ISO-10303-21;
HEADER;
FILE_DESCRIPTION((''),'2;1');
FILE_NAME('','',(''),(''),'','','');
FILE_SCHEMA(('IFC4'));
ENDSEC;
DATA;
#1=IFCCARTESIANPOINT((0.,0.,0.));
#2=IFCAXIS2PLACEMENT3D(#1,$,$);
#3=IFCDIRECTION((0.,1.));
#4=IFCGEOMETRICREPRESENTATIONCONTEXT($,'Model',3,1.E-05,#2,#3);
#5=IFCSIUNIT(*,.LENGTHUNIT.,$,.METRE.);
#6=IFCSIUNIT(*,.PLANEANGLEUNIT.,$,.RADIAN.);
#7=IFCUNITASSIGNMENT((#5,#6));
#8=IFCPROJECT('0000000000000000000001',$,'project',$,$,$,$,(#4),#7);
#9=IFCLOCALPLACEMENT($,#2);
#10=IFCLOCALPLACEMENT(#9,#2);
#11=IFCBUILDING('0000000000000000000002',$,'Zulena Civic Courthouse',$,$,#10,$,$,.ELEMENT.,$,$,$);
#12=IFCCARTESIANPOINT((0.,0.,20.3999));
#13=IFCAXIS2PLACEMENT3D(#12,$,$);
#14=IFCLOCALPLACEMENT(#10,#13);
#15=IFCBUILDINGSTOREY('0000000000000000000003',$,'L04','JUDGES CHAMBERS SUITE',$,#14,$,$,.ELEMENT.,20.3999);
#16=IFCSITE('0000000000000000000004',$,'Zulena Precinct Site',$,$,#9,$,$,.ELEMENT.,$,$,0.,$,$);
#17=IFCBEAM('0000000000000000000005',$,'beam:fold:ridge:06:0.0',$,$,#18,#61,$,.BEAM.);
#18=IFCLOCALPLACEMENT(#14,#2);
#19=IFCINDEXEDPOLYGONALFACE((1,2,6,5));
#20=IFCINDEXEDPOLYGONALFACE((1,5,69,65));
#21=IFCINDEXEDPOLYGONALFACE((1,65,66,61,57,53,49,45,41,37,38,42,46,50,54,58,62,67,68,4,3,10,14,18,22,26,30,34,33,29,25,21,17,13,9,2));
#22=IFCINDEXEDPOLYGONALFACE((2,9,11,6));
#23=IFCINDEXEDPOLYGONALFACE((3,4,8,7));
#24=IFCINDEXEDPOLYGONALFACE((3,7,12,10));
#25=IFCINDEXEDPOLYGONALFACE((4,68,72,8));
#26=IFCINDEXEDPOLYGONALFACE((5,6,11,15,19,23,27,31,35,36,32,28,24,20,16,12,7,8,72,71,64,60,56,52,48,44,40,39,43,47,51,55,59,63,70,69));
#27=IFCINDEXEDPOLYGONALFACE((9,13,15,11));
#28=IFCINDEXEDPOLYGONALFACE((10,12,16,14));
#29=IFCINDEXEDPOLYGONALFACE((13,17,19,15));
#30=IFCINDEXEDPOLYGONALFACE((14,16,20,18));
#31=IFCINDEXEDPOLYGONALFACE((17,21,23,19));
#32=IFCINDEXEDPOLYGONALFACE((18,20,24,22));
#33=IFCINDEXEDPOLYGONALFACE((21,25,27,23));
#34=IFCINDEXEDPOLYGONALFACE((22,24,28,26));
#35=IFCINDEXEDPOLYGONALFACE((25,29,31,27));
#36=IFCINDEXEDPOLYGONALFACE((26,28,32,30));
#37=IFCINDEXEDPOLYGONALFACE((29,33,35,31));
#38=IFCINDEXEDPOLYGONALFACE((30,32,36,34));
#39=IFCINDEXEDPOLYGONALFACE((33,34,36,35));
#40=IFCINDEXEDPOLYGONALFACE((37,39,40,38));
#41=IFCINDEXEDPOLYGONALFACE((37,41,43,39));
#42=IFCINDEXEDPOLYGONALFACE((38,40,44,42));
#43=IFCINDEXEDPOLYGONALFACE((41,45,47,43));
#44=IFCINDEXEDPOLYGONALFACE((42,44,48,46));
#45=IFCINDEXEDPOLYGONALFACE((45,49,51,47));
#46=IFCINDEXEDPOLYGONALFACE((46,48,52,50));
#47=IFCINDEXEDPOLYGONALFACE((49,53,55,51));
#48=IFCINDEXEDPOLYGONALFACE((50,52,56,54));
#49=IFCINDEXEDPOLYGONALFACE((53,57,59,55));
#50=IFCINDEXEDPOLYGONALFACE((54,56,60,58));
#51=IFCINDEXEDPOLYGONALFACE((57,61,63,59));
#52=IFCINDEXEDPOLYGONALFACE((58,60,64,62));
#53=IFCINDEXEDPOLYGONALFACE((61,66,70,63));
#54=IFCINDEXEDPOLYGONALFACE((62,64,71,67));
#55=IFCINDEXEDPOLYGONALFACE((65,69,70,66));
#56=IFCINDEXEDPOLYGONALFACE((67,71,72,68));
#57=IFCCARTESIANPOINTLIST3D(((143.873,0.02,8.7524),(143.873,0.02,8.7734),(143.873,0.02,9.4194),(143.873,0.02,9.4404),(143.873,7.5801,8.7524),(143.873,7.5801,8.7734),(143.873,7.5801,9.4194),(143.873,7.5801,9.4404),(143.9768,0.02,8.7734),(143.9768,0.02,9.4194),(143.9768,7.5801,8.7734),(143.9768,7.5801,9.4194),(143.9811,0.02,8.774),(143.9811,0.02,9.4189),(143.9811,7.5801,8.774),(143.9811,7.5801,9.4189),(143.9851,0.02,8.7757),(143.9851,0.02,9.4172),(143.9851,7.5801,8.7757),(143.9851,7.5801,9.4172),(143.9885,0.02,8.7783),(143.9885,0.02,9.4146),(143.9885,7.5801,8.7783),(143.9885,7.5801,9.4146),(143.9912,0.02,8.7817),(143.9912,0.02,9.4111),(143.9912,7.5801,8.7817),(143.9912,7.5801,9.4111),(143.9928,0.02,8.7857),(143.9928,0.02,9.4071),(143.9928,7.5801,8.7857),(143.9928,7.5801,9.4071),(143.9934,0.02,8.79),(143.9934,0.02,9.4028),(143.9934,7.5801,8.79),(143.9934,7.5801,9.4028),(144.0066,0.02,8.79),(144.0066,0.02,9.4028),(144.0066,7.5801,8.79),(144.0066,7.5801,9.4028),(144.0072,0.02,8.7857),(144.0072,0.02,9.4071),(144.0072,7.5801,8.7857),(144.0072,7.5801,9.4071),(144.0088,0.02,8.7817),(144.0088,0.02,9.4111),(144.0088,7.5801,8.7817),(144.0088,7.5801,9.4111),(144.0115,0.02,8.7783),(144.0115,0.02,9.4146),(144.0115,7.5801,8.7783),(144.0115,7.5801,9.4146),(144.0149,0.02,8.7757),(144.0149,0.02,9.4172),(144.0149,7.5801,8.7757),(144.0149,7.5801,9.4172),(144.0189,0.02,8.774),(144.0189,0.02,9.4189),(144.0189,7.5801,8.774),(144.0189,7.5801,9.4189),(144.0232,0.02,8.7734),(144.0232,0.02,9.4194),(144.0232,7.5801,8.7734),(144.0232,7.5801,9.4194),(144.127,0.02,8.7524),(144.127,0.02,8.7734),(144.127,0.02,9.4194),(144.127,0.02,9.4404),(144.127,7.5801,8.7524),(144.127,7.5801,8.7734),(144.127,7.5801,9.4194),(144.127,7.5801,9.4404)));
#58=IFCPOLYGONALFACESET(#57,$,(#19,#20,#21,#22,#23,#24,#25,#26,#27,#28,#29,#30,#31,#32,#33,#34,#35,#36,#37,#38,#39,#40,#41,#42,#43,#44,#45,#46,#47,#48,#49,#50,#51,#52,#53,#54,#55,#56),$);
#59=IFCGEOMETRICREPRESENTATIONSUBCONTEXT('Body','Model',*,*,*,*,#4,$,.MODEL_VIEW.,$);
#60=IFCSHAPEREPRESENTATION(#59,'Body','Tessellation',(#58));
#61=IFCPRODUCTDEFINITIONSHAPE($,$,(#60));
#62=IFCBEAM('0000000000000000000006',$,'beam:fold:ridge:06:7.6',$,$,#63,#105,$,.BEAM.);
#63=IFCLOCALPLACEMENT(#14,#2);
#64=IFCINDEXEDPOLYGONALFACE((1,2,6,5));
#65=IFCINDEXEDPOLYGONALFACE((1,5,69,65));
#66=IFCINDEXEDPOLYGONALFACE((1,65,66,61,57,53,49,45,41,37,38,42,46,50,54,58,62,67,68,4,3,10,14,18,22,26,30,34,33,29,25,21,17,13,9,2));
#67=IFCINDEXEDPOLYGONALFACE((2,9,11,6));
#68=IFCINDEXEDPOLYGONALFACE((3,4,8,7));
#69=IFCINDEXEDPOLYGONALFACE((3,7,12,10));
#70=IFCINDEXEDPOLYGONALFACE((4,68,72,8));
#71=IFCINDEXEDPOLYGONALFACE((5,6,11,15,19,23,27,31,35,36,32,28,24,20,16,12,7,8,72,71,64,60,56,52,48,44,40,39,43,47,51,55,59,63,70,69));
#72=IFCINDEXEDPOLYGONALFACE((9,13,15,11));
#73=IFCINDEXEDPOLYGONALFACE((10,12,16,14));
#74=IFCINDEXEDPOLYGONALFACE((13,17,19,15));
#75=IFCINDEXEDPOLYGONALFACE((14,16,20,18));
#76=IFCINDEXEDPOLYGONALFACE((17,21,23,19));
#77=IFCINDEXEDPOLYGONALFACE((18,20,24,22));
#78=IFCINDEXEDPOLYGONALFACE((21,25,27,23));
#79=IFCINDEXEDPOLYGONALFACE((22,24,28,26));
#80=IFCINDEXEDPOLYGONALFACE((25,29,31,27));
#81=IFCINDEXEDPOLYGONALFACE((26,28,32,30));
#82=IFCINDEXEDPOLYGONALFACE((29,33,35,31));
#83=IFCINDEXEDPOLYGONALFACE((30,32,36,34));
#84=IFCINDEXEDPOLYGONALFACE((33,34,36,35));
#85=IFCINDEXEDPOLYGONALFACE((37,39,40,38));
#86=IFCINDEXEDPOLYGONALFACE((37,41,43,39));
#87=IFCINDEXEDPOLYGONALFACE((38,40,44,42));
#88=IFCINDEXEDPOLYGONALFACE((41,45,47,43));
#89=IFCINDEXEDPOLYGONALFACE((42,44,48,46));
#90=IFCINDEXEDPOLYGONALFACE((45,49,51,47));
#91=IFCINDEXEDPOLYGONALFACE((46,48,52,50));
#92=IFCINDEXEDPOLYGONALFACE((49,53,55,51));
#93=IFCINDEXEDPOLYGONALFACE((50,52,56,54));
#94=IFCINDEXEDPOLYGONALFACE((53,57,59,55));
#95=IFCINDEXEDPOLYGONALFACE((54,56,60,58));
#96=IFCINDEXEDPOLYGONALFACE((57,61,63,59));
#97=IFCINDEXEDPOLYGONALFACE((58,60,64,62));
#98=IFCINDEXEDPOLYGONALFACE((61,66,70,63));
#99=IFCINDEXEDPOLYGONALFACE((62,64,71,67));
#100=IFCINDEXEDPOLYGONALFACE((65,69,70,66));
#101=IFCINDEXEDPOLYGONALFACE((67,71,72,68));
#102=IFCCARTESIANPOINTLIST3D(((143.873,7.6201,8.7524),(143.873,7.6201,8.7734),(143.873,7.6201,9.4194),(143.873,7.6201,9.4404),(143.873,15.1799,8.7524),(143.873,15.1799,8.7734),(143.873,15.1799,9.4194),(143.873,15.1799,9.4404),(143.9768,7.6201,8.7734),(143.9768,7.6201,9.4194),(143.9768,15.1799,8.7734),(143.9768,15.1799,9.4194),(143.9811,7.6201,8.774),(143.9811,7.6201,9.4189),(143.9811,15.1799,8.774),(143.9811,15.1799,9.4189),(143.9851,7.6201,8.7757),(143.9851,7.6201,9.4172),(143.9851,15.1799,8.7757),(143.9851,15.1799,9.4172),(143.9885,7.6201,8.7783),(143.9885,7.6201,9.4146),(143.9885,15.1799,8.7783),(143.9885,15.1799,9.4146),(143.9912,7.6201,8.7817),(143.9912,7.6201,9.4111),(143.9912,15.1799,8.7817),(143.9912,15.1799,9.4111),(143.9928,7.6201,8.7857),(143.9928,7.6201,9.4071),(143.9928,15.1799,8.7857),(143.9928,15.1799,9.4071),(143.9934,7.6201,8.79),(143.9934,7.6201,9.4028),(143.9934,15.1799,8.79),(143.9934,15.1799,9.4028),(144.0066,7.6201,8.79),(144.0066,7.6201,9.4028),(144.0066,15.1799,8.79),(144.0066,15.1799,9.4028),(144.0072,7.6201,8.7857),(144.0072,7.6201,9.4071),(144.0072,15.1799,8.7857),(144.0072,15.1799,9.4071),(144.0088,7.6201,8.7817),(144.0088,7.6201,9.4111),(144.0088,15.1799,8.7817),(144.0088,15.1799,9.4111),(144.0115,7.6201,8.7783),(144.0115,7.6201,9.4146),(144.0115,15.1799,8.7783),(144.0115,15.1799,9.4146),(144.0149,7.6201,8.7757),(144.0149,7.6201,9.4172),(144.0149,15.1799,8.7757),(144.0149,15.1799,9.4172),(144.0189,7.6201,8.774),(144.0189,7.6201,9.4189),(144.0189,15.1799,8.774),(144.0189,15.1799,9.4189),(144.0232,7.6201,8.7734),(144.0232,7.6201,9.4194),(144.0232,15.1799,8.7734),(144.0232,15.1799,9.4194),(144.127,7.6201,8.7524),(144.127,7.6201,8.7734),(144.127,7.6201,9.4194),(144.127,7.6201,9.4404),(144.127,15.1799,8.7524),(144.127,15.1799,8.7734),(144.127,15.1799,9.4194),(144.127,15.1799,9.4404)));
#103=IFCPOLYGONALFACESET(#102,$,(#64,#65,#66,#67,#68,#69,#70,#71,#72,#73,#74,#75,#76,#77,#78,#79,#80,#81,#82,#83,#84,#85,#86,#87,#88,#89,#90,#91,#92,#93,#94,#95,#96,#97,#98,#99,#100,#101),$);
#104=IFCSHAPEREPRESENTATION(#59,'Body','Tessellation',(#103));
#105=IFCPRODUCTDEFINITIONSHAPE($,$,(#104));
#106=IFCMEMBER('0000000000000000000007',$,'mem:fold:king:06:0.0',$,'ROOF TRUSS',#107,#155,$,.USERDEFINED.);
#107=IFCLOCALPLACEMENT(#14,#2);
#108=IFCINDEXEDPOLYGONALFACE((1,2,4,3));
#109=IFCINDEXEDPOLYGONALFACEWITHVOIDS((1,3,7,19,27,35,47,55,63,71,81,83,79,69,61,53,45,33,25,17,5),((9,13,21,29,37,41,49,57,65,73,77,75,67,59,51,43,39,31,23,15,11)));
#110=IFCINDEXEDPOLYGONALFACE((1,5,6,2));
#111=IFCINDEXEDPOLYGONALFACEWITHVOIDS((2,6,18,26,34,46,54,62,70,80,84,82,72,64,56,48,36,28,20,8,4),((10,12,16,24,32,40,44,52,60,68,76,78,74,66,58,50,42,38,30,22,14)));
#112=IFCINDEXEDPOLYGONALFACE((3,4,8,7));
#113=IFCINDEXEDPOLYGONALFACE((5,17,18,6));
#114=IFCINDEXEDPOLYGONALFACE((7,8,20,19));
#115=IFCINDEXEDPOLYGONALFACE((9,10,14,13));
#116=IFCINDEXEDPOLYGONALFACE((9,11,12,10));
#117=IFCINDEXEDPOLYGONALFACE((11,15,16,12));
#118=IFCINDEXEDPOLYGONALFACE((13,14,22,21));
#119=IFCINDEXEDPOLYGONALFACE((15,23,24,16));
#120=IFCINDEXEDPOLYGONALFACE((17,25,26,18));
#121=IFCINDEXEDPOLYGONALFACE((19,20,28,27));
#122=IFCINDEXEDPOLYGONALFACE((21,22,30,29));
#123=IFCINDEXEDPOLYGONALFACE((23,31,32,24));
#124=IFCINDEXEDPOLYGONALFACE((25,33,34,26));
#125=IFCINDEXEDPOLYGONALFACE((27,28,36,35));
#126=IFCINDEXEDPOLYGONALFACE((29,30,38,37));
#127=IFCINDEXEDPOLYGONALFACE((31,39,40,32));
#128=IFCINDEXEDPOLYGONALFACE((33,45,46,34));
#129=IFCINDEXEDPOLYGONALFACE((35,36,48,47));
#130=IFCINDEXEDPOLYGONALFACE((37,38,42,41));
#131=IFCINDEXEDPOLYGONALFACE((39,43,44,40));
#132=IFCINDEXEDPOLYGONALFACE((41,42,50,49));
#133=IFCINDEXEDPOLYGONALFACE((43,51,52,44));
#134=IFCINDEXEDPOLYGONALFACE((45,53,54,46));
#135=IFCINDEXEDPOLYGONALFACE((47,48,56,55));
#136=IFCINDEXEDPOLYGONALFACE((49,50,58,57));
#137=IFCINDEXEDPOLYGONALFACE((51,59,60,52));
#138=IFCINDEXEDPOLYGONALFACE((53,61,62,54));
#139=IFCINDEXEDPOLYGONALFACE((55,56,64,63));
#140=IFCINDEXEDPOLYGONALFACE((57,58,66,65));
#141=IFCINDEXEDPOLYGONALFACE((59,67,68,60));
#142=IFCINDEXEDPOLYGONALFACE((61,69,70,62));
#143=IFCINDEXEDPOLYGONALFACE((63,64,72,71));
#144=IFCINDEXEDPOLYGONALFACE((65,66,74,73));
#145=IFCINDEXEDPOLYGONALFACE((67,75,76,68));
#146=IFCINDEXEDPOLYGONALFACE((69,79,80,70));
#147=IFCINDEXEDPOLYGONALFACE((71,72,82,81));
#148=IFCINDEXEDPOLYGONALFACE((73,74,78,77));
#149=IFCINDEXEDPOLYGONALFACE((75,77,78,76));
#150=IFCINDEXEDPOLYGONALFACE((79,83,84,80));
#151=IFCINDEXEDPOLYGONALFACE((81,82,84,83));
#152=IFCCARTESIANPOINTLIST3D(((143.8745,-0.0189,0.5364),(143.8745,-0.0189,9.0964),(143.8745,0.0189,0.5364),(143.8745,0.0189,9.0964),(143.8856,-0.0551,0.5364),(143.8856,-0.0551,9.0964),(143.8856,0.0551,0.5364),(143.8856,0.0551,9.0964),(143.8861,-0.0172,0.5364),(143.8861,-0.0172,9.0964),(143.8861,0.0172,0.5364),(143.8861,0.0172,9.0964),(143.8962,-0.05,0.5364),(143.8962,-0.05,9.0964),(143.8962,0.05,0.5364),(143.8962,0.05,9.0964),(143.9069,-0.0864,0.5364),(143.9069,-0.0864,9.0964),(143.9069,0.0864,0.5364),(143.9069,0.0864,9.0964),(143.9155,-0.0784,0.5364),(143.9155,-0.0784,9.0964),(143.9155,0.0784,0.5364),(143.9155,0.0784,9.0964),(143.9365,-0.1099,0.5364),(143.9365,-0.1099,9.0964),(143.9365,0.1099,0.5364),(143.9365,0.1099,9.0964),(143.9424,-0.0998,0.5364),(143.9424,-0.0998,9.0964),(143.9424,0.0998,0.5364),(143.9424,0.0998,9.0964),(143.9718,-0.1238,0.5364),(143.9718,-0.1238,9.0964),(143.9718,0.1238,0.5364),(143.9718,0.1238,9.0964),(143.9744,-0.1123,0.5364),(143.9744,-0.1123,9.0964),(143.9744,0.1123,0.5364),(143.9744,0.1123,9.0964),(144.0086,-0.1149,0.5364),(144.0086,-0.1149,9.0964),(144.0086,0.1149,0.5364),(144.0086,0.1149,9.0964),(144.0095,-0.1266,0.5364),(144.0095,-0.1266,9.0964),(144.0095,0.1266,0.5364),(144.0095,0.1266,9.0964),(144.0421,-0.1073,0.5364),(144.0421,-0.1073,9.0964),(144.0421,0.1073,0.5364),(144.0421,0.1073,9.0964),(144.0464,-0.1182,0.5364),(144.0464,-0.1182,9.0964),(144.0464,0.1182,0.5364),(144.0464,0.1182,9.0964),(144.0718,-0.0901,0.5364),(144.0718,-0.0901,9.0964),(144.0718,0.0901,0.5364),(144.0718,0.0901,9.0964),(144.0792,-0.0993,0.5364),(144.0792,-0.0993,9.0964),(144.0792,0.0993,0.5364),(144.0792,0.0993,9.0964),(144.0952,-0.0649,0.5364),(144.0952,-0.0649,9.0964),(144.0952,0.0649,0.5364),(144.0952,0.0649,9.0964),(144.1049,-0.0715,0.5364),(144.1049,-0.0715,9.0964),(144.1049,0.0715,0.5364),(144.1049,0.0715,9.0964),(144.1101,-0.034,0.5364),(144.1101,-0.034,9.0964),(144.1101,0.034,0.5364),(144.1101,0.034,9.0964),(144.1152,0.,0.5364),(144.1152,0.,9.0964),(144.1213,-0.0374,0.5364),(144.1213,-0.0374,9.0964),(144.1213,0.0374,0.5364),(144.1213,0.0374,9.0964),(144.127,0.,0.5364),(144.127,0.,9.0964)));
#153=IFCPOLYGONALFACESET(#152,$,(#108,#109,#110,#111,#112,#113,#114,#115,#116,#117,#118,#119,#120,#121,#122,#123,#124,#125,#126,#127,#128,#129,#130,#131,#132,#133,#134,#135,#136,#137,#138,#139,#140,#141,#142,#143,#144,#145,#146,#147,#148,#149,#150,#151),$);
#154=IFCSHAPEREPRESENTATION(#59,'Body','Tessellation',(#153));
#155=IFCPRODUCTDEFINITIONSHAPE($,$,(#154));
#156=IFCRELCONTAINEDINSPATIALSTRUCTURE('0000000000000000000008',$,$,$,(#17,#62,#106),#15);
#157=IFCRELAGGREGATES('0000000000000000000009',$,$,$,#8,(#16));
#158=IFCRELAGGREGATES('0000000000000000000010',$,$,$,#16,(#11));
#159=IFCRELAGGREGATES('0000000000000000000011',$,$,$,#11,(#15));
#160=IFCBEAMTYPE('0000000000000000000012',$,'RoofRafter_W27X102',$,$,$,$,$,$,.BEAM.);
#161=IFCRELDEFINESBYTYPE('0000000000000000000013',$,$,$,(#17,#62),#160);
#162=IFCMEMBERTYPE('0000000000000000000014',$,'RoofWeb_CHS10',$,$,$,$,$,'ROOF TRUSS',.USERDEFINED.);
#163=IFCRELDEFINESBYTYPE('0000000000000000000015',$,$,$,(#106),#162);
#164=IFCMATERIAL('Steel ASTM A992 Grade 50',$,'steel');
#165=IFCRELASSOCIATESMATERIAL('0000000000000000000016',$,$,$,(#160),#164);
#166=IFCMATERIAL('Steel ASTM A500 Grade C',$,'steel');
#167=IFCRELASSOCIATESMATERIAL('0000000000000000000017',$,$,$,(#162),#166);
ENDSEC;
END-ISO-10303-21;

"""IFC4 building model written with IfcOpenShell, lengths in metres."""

from ifc_helpers import new_model, si_unit, direction, frame, origin, origin_2d, place, context, subcontext, project, spatial, hollow_circle, i_section, extrude, material, material_profile, profile_set, type_object, element, save


model = new_model("IFC4")

# Units and contexts
model_context = context("Model", 3, precision=1e-05, world=origin(), true_north=direction((0.0, 1.0)))
body_context = subcontext(model_context, "Body", "Model", "MODEL_VIEW")
ifc_project = project(units=[si_unit("LENGTHUNIT", "METRE"), si_unit("PLANEANGLEUNIT", "RADIAN")], contexts=[model_context])

# Site, building, storey
site_placement = place(None, origin())
site = spatial("IfcSite", under=ifc_project, at=site_placement, Name="Zulena Precinct Site", CompositionType="ELEMENT", RefElevation=0.0)
building_placement = place(site_placement, origin())
building = spatial("IfcBuilding", under=site, at=building_placement, Name="Zulena Civic Courthouse", CompositionType="ELEMENT")
storey_placement = place(building_placement, frame((0.0, 0.0, 20.3999)))
storey = spatial("IfcBuildingStorey", under=building, at=storey_placement, Name="L04", Description="JUDGES CHAMBERS SUITE", CompositionType="ELEMENT", Elevation=20.3999)

# Shared definitions
ifc_material_1 = material(Name="Steel ASTM A992 Grade 50", Category="steel")

# Beams
ifc_material_profile_1 = material_profile(ifc_material_1, i_section(OverallWidth=0.2539, OverallDepth=0.688, WebThickness=0.0132, FlangeThickness=0.021, FilletRadius=0.0166, at=origin_2d()), Name="W27X102")
ifc_profile_set_1 = profile_set([ifc_material_profile_1], Name="Steel ASTM A992 Grade 50")
beam_type_1 = type_object("IfcBeamType", Name="RoofRafter_W27X102", PredefinedType="BEAM", material=ifc_profile_set_1)
beam_1_placement = place(storey_placement, frame((144.0, 0.02, 9.0964), z_axis=(0.0, 1.0, 0.0), x_axis=(-1.0, 0.0, 0.0)))
element("IfcBeam", 1, at=beam_1_placement, inside=storey, type_object=beam_type_1, Name="beam:fold:ridge:06:0.0", PredefinedType="BEAM", context=body_context, shape_type="SweptSolid", body=[
    extrude(i_section(OverallWidth=0.2539, OverallDepth=0.688, WebThickness=0.0132, FlangeThickness=0.021, FilletRadius=0.0166, at=origin_2d()), origin(), (0.0, 0.0, 1.0), 7.5601),
])
beam_2_placement = place(storey_placement, frame((144.0, 7.6201, 9.0964), z_axis=(0.0, 1.0, 0.0), x_axis=(-1.0, 0.0, 0.0)))
element("IfcBeam", 2, at=beam_2_placement, inside=storey, type_object=beam_type_1, Name="beam:fold:ridge:06:7.6", PredefinedType="BEAM", context=body_context, shape_type="SweptSolid", body=[
    extrude(i_section(OverallWidth=0.2539, OverallDepth=0.688, WebThickness=0.0132, FlangeThickness=0.021, FilletRadius=0.0166, at=origin_2d()), origin(), (0.0, 0.0, 1.0), 7.5598),
])

# Member
ifc_material_2 = material(Name="Steel ASTM A500 Grade C", Category="steel")
ifc_material_profile_2 = material_profile(ifc_material_2, hollow_circle(Radius=0.127, WallThickness=0.0117, at=origin_2d()), Name="HSS10.000X0.500")
ifc_profile_set_2 = profile_set([ifc_material_profile_2], Name="Steel ASTM A500 Grade C")
member_type_1 = type_object("IfcMemberType", Name="RoofWeb_CHS10", ElementType="ROOF TRUSS", PredefinedType="USERDEFINED", material=ifc_profile_set_2)
for number, where, z_axis, x_axis, name in (
    (3, (144.0, 0.0, 0.5364), (0.0, 0.0, 1.0), (1.0, 0.0, 0.0), "mem:fold:king:06:0.0"),
):
    element("IfcMember", number, at=place(storey_placement, frame(where, z_axis=z_axis, x_axis=x_axis)), inside=storey, type_object=member_type_1, Name=name, ObjectType="ROOF TRUSS", PredefinedType="USERDEFINED", context=body_context, shape_type="SweptSolid", body=[
        extrude(hollow_circle(Radius=0.127, WallThickness=0.0117, at=origin_2d()), origin(), (0.0, 0.0, 1.0), 8.5601),
    ])

save(model, "model.ifc")
